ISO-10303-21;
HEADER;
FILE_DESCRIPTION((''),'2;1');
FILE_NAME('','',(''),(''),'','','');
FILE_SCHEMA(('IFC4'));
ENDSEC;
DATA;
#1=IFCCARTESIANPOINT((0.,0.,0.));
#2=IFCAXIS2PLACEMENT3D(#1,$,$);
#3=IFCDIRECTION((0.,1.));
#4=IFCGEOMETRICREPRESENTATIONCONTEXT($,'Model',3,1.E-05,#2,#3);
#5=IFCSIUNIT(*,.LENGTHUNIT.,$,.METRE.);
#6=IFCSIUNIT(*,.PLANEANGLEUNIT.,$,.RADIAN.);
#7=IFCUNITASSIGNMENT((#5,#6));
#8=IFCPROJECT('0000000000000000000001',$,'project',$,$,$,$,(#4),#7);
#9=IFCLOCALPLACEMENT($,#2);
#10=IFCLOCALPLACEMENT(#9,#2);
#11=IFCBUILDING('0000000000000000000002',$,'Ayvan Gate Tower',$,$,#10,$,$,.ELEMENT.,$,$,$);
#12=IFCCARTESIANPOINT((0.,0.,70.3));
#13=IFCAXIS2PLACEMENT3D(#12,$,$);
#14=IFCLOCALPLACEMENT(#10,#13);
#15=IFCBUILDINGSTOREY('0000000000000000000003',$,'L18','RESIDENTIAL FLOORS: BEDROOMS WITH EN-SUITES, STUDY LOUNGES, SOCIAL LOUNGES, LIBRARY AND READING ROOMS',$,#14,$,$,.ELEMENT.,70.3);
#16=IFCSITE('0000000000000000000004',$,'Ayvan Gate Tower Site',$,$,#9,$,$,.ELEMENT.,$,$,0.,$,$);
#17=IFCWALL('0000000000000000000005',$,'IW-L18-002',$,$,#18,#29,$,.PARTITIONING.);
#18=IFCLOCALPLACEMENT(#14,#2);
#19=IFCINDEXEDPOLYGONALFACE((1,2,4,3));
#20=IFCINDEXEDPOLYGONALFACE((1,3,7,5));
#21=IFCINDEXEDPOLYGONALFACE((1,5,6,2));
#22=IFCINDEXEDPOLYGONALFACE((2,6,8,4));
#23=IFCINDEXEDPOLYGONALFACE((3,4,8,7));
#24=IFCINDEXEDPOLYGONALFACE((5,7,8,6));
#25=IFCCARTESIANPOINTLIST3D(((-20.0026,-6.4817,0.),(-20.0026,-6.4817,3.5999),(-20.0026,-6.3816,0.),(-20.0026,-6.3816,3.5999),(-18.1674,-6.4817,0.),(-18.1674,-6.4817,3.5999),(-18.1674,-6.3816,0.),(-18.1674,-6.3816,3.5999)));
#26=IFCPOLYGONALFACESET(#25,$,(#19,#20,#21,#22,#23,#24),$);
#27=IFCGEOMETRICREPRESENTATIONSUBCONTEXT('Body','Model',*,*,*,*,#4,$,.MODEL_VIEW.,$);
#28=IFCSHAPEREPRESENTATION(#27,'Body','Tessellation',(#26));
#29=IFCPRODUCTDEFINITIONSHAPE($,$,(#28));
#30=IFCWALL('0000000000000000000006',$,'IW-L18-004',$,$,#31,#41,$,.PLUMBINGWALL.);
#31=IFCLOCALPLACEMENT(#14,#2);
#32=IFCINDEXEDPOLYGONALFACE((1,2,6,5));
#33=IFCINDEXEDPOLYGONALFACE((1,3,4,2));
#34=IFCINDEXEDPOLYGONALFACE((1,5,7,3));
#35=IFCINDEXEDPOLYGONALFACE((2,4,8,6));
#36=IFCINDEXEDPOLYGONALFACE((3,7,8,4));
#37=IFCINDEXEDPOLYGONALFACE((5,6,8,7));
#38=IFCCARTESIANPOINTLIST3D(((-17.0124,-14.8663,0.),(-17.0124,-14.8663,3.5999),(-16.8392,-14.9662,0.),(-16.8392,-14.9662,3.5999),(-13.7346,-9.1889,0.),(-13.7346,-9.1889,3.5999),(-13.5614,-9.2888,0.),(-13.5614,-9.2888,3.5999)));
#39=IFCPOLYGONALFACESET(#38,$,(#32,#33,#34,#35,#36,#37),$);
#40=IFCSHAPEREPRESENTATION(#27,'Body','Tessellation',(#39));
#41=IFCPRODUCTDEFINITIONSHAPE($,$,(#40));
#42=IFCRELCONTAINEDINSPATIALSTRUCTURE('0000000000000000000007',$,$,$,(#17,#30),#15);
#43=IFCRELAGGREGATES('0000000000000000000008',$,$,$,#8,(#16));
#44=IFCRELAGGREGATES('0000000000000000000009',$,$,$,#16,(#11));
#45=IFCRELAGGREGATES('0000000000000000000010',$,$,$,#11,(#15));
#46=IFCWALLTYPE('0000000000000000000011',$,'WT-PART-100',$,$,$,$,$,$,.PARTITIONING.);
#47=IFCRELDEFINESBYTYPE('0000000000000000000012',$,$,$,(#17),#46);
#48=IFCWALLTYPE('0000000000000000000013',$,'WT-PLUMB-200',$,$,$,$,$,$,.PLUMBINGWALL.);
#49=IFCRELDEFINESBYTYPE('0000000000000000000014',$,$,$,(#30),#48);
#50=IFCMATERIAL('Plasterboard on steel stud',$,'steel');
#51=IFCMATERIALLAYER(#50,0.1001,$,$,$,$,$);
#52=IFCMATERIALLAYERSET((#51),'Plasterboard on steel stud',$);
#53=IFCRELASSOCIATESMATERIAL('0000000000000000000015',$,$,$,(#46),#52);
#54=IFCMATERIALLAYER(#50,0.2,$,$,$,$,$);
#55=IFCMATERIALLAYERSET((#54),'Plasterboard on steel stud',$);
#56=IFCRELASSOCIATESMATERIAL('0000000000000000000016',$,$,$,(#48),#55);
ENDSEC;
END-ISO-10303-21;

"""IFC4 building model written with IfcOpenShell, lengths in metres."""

from ifc_helpers import new_model, si_unit, direction, frame, frame_2d, origin, place, context, subcontext, project, spatial, rectangle, extrude, material, layer, layer_set, type_object, element, save


model = new_model("IFC4")

# Units and contexts
model_context = context("Model", 3, precision=1e-05, world=origin(), true_north=direction((0.0, 1.0)))
body_context = subcontext(model_context, "Body", "Model", "MODEL_VIEW")
ifc_project = project(units=[si_unit("LENGTHUNIT", "METRE"), si_unit("PLANEANGLEUNIT", "RADIAN")], contexts=[model_context])

# Site, building, storey
site_placement = place(None, origin())
site = spatial("IfcSite", under=ifc_project, at=site_placement, Name="Ayvan Gate Tower Site", CompositionType="ELEMENT", RefElevation=0.0)
building_placement = place(site_placement, origin())
building = spatial("IfcBuilding", under=site, at=building_placement, Name="Ayvan Gate Tower", CompositionType="ELEMENT")
storey_placement = place(building_placement, frame((0.0, 0.0, 70.3)))
storey = spatial("IfcBuildingStorey", under=building, at=storey_placement, Name="L18", Description="RESIDENTIAL FLOORS: BEDROOMS WITH EN-SUITES, STUDY LOUNGES, SOCIAL LOUNGES, LIBRARY AND READING ROOMS", CompositionType="ELEMENT", Elevation=70.3)

# Shared definitions
ifc_material_1 = material(Name="Plasterboard on steel stud", Category="steel")

# Walls
ifc_layer_1 = layer(ifc_material_1, 0.1001)
ifc_layer_set_1 = layer_set([ifc_layer_1], Name="Plasterboard on steel stud")
wall_type_1 = type_object("IfcWallType", Name="WT-PART-100", PredefinedType="PARTITIONING", material=ifc_layer_set_1)
wall_1_placement = place(storey_placement, frame((-18.1675, -6.4316, 0.0), z_axis=(0.0, 0.0, 1.0), x_axis=(-1.0, 0.0, 0.0)))
element("IfcWall", 1, at=wall_1_placement, inside=storey, type_object=wall_type_1, Name="IW-L18-002", PredefinedType="PARTITIONING", context=body_context, shape_type="SweptSolid", body=[
    extrude(rectangle(XDim=1.8352, YDim=0.1001, at=frame_2d((0.9175, 0.0))), origin(), (0.0, 0.0, 1.0), 3.5999),
])
ifc_layer_2 = layer(ifc_material_1, 0.2)
ifc_layer_set_2 = layer_set([ifc_layer_2], Name="Plasterboard on steel stud")
wall_type_2 = type_object("IfcWallType", Name="WT-PLUMB-200", PredefinedType="PLUMBINGWALL", material=ifc_layer_set_2)
wall_2_placement = place(storey_placement, frame((-16.9258, -14.9163, 0.0), z_axis=(0.0, 0.0, 1.0), x_axis=(0.499992, 0.86603, 0.0)))
element("IfcWall", 2, at=wall_2_placement, inside=storey, type_object=wall_type_2, Name="IW-L18-004", PredefinedType="PLUMBINGWALL", context=body_context, shape_type="SweptSolid", body=[
    extrude(rectangle(XDim=6.5557, YDim=0.2, at=frame_2d((3.2778, 0.0))), origin(), (0.0, 0.0, 1.0), 3.5999),
])

save(model, "model.ifc")
